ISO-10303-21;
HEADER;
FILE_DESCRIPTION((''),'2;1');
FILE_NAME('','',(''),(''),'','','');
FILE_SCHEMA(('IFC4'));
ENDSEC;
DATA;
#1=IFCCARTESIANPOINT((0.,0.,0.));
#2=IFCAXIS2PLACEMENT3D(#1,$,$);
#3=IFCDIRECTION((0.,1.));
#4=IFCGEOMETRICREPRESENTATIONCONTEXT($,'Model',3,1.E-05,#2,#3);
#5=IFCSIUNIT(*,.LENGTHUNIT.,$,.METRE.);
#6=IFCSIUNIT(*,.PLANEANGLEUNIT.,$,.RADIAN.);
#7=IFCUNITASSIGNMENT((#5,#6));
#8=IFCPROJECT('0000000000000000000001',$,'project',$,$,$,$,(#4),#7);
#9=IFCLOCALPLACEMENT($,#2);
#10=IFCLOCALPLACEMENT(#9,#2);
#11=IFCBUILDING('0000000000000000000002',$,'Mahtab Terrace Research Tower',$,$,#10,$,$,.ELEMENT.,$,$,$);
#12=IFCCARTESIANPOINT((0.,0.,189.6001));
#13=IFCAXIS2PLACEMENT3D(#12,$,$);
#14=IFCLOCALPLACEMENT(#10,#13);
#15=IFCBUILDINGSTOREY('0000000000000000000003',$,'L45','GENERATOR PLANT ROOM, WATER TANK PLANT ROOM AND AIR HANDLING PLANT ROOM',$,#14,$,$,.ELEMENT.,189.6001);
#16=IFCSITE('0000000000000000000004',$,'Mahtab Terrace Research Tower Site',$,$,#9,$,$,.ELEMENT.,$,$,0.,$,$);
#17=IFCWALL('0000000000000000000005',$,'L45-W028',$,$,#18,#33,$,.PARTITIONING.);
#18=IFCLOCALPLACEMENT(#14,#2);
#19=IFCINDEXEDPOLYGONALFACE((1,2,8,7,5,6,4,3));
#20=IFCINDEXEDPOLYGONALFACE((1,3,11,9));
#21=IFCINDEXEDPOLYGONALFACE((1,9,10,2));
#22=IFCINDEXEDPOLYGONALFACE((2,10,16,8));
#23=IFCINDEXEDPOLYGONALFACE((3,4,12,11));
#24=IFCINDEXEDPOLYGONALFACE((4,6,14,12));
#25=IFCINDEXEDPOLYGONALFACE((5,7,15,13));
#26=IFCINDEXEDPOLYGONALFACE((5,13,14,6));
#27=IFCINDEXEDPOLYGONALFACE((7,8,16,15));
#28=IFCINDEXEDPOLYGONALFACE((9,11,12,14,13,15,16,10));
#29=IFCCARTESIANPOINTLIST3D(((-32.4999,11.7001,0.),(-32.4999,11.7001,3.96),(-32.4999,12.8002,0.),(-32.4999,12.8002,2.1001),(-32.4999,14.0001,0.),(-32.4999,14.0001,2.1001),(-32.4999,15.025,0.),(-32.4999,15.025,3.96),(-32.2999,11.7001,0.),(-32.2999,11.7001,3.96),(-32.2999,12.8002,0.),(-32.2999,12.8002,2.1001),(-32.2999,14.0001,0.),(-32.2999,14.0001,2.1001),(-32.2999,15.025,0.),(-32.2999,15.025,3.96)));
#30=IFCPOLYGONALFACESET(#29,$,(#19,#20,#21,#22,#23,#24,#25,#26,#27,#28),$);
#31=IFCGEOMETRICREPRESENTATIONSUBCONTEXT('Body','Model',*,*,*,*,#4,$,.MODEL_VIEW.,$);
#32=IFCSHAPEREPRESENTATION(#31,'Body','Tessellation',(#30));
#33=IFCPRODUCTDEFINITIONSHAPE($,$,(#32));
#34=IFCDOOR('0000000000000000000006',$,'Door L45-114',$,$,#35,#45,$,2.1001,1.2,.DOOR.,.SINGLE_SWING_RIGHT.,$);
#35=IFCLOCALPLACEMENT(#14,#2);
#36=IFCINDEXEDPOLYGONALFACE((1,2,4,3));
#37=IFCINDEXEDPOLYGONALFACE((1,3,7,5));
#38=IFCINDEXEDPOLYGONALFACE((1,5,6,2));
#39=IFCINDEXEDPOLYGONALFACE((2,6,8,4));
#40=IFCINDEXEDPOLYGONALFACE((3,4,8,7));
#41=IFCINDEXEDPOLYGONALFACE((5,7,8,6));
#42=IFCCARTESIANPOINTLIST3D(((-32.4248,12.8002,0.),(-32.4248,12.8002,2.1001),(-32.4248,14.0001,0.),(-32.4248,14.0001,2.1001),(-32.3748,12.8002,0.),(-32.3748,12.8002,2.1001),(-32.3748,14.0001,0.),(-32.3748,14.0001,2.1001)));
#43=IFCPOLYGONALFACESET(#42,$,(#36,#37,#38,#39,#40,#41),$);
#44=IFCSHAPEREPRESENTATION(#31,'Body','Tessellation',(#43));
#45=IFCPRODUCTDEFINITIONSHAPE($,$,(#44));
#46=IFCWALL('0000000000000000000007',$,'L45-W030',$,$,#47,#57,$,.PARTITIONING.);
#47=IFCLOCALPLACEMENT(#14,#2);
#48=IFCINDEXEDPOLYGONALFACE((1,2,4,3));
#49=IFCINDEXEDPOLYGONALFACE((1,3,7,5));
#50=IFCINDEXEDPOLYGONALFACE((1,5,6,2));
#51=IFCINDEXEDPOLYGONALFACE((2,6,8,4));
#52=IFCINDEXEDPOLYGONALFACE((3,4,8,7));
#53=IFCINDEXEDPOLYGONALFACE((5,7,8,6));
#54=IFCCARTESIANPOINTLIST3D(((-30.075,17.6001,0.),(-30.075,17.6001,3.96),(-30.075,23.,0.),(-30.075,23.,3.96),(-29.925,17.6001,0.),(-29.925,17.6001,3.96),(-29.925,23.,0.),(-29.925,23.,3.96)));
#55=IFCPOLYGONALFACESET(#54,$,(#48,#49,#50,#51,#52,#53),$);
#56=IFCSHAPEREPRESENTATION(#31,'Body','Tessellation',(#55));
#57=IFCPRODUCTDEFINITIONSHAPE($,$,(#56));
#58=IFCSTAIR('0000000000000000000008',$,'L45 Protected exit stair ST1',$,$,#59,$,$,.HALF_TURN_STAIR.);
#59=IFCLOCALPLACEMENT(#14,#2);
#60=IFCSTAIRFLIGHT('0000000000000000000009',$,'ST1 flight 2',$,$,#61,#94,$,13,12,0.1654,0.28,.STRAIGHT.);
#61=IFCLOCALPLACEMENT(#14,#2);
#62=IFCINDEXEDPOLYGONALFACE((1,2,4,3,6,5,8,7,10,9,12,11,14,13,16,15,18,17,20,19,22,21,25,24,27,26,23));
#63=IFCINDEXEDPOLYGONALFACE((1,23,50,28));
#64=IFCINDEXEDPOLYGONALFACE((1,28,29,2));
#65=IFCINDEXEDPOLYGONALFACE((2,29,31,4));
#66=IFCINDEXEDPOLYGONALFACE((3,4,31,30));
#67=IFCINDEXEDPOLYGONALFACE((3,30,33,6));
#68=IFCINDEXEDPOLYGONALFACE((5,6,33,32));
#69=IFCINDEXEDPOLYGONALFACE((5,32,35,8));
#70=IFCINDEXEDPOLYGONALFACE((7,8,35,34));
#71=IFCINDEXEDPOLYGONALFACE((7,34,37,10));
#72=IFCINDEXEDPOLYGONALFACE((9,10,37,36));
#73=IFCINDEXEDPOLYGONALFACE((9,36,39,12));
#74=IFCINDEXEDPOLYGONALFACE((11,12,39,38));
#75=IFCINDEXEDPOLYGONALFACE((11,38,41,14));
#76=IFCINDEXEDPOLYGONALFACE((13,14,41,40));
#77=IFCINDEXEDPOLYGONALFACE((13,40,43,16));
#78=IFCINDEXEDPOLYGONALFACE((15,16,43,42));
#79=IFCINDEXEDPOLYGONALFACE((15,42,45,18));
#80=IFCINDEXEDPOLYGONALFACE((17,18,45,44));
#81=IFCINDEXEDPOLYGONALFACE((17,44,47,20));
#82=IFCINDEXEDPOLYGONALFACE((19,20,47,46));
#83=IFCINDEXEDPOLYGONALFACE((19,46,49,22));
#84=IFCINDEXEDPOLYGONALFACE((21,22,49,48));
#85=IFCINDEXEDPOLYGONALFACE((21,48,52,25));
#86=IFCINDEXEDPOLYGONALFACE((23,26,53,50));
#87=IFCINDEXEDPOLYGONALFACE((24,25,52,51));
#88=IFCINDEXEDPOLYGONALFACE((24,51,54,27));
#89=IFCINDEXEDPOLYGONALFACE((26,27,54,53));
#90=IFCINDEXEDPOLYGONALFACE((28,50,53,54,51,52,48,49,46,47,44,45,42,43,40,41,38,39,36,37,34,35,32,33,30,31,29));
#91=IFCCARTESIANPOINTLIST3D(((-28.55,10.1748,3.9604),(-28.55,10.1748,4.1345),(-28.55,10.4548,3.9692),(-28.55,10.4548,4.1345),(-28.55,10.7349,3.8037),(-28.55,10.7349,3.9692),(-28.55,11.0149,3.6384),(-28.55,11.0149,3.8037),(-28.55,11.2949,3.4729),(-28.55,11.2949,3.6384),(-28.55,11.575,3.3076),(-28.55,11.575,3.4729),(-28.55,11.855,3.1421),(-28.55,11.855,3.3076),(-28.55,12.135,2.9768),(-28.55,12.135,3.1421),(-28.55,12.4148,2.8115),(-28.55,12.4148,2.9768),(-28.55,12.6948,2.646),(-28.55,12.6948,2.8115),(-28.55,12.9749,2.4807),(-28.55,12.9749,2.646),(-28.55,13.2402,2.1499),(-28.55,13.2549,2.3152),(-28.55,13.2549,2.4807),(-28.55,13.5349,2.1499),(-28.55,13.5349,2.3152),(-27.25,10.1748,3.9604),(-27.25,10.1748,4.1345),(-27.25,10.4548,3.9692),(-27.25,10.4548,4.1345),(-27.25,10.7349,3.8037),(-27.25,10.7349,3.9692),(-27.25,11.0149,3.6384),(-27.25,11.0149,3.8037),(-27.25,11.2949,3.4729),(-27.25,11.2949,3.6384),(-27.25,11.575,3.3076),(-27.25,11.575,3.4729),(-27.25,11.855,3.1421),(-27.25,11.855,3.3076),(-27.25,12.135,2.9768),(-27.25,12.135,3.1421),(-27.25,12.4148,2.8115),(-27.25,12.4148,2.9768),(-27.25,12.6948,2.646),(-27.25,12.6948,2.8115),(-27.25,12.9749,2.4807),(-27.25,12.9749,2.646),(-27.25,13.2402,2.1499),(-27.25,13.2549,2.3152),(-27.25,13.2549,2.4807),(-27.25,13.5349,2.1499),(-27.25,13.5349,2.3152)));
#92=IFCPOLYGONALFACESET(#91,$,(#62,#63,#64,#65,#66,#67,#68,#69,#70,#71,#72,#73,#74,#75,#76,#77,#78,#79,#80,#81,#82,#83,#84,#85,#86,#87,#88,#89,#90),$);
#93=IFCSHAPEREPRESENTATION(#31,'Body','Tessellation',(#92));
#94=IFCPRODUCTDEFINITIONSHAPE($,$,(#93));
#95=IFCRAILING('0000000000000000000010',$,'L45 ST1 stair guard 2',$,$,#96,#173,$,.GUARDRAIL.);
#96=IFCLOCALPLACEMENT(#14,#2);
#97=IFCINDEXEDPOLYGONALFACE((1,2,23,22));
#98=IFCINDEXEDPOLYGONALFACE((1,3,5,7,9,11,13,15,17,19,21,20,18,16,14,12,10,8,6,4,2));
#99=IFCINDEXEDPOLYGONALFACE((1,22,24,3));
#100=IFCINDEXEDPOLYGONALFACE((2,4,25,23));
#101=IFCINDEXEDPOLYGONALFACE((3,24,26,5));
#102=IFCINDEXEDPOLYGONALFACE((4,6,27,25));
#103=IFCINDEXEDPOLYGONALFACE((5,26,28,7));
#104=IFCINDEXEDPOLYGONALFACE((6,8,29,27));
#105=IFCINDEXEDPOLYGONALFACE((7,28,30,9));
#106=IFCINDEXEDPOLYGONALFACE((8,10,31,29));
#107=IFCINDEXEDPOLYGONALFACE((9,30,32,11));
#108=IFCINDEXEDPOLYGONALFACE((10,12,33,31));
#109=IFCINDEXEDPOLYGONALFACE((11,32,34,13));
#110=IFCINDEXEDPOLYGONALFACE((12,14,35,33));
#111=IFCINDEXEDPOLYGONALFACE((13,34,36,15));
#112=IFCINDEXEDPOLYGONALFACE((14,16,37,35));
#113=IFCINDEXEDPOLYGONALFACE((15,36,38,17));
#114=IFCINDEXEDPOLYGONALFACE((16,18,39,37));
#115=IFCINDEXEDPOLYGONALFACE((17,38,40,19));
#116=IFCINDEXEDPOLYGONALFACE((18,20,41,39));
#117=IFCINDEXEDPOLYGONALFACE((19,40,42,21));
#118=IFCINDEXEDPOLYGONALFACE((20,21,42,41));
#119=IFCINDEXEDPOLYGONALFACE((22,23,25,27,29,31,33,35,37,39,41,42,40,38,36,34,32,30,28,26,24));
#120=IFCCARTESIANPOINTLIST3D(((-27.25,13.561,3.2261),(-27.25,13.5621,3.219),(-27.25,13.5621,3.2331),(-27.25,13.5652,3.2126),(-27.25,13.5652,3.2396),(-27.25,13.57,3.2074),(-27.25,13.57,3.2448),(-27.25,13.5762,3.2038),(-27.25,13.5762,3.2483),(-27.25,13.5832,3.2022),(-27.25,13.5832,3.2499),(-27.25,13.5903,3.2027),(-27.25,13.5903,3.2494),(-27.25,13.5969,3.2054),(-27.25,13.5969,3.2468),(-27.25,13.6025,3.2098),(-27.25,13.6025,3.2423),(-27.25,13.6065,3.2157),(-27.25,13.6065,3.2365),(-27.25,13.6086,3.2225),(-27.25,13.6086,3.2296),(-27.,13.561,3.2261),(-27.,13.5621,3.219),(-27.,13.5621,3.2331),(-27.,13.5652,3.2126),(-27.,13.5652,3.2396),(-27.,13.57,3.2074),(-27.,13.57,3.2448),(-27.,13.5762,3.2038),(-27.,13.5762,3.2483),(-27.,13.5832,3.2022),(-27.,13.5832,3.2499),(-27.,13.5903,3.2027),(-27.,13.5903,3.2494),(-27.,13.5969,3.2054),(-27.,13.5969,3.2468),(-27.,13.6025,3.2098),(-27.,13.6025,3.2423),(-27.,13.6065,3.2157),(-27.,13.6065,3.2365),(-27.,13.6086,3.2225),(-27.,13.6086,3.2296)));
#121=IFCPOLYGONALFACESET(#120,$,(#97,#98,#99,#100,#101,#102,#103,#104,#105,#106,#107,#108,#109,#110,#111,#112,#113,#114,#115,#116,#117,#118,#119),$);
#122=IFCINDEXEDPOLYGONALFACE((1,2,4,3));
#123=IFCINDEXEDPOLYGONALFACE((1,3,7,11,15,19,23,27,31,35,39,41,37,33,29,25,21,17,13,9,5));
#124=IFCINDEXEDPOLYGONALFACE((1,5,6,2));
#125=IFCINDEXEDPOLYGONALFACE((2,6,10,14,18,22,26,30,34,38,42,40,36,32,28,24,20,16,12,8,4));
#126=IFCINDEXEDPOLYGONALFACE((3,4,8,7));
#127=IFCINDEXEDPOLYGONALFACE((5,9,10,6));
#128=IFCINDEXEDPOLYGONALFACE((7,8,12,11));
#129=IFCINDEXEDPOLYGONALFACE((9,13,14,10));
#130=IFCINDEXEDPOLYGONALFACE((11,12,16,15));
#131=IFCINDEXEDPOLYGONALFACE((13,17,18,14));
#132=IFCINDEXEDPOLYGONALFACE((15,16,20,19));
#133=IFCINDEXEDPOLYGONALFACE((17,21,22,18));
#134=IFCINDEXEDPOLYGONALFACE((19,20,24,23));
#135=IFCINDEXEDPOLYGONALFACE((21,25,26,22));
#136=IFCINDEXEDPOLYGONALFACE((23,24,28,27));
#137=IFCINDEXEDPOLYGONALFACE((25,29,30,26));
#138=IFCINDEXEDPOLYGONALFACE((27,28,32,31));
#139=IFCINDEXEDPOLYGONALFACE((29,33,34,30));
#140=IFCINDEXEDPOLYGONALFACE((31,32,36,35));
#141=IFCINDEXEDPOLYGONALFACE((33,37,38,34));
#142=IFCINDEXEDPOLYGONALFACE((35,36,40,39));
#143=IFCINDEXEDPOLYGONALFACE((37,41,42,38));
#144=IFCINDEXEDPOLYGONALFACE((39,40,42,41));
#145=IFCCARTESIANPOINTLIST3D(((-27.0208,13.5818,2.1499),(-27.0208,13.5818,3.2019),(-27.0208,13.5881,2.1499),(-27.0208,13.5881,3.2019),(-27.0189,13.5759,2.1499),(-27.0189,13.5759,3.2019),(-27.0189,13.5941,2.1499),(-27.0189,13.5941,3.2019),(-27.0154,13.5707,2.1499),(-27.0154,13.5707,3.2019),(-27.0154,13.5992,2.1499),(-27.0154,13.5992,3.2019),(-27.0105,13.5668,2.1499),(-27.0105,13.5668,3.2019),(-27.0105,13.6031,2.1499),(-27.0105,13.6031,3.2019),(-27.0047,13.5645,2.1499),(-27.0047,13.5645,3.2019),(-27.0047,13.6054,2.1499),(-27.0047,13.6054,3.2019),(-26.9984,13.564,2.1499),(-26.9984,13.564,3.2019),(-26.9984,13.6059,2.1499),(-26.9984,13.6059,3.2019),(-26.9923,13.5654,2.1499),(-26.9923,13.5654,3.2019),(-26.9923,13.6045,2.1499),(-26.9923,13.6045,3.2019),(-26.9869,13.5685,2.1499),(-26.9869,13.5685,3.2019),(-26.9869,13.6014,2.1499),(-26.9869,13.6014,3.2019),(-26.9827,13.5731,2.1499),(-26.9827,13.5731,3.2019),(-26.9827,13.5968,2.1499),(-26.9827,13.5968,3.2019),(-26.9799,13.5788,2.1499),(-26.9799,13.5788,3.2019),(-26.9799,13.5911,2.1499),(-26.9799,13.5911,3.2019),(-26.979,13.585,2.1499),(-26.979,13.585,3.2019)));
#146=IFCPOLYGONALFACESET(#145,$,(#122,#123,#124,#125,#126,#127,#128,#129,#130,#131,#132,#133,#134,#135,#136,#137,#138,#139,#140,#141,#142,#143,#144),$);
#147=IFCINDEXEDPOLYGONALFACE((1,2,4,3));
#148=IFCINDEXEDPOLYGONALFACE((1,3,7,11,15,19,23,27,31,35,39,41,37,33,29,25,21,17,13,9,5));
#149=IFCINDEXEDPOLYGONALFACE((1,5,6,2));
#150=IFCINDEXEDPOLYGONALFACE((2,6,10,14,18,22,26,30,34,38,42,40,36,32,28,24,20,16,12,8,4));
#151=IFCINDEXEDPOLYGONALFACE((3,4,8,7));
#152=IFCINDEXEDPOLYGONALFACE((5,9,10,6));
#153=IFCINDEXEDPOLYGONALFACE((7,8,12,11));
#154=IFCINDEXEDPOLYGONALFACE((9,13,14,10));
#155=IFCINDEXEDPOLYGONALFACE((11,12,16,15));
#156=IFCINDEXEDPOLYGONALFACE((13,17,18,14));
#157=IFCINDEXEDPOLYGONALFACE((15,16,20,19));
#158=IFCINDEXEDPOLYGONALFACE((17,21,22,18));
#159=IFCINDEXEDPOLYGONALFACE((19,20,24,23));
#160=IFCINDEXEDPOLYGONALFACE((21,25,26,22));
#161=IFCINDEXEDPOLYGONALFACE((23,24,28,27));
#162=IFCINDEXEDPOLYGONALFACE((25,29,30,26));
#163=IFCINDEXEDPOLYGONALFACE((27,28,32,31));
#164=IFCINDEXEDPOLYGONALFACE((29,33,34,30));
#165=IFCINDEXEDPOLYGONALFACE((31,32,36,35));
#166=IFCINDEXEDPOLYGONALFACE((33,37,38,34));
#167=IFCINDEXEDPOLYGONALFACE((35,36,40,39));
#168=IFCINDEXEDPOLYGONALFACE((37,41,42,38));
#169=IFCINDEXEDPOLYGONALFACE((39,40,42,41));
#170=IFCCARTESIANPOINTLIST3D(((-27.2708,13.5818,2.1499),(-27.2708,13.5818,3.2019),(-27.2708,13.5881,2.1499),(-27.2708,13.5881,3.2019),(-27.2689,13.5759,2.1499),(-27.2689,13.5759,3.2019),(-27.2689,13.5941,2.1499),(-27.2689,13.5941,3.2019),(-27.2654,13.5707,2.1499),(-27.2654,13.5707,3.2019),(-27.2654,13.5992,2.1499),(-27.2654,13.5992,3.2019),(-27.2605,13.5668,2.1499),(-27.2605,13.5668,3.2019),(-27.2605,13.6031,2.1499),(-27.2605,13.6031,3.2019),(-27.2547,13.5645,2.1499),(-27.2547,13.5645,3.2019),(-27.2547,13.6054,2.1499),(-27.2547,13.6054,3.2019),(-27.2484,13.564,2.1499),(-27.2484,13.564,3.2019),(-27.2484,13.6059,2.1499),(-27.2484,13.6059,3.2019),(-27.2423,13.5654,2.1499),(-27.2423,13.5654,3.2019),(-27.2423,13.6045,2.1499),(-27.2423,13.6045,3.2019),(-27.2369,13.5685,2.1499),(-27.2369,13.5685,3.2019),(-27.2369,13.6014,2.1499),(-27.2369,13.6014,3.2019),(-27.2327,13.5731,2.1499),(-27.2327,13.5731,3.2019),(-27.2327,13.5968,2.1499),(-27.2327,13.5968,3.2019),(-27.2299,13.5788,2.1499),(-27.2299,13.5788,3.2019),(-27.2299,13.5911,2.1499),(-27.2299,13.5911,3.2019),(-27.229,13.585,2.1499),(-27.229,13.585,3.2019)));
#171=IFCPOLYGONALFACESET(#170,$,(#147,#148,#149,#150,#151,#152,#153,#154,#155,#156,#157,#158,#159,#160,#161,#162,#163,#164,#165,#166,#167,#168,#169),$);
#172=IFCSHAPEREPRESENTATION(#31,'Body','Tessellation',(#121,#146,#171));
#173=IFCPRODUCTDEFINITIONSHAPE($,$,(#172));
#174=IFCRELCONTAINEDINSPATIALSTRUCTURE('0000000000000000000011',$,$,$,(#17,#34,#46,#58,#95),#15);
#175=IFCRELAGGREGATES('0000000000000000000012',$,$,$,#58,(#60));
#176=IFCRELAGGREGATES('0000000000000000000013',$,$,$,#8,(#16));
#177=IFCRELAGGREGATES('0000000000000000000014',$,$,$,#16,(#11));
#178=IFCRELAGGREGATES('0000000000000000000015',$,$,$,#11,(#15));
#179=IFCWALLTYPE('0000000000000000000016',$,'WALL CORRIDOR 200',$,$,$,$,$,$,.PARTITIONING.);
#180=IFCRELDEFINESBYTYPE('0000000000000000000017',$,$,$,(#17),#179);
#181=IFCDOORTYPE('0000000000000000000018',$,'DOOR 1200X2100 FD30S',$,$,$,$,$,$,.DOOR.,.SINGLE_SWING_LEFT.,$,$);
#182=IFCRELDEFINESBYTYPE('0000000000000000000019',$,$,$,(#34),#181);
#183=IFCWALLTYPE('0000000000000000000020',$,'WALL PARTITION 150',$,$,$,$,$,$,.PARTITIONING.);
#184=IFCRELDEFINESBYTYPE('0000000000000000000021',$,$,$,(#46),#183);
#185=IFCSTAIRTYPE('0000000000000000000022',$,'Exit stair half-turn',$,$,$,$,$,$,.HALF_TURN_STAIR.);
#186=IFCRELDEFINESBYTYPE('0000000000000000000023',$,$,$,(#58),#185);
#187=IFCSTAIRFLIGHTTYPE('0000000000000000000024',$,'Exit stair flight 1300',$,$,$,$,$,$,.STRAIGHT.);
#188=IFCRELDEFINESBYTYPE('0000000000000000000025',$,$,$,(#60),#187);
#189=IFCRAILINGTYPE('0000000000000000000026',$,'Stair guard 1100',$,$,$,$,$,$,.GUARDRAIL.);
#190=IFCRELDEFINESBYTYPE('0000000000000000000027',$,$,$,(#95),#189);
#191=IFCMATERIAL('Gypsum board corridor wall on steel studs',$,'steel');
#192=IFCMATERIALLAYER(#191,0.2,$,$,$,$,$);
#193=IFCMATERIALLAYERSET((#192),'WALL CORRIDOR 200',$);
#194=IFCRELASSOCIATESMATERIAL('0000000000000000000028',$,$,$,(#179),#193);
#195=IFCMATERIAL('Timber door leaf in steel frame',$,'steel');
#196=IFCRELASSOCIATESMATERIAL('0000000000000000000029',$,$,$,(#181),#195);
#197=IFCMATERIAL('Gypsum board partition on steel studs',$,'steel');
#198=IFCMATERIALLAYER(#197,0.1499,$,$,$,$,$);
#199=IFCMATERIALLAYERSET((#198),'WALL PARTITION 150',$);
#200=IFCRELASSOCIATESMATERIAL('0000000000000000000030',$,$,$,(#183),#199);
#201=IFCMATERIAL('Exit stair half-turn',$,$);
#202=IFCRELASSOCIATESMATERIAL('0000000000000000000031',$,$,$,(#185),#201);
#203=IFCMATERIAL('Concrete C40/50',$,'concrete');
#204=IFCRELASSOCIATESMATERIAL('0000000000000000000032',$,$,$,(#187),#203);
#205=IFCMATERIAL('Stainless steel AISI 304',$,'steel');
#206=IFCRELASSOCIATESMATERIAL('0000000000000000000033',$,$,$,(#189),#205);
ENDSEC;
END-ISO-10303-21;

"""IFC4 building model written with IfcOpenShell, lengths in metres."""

from ifc_helpers import new_model, si_unit, direction, frame, frame_2d, origin, origin_2d, place, context, subcontext, project, spatial, polyline, rectangle, circle, outline, extrude, material, layer, layer_set, type_object, element, fill, aggregate, save


model = new_model("IFC4")

# Units and contexts
model_context = context("Model", 3, precision=1e-05, world=origin(), true_north=direction((0.0, 1.0)))
body_context = subcontext(model_context, "Body", "Model", "MODEL_VIEW")
ifc_project = project(units=[si_unit("LENGTHUNIT", "METRE"), si_unit("PLANEANGLEUNIT", "RADIAN")], contexts=[model_context])

# Site, building, storey
site_placement = place(None, origin())
site = spatial("IfcSite", under=ifc_project, at=site_placement, Name="Mahtab Terrace Research Tower Site", CompositionType="ELEMENT", RefElevation=0.0)
building_placement = place(site_placement, origin())
building = spatial("IfcBuilding", under=site, at=building_placement, Name="Mahtab Terrace Research Tower", CompositionType="ELEMENT")
storey_placement = place(building_placement, frame((0.0, 0.0, 189.6001)))
storey = spatial("IfcBuildingStorey", under=building, at=storey_placement, Name="L45", Description="GENERATOR PLANT ROOM, WATER TANK PLANT ROOM AND AIR HANDLING PLANT ROOM", CompositionType="ELEMENT", Elevation=189.6001)

# Wall, opening, door
ifc_material_1 = material(Name="Gypsum board corridor wall on steel studs", Category="steel")
ifc_layer_1 = layer(ifc_material_1, 0.2)
ifc_layer_set_1 = layer_set([ifc_layer_1], Name="WALL CORRIDOR 200")
wall_type_1 = type_object("IfcWallType", Name="WALL CORRIDOR 200", PredefinedType="PARTITIONING", material=ifc_layer_set_1)
wall_1_placement = place(storey_placement, frame((-32.3999, 11.7, 0.0), z_axis=(0.0, 0.0, 1.0), x_axis=(0.0, 1.0, 0.0)))
wall_1 = element("IfcWall", 1, at=wall_1_placement, inside=storey, type_object=wall_type_1, Name="L45-W028", PredefinedType="PARTITIONING", context=body_context, shape_type="SweptSolid", body=[
    extrude(rectangle(XDim=3.325, YDim=0.2, at=frame_2d((1.6626, 0.0))), origin(), (0.0, 0.0, 1.0), 3.96),
])
opening_1_placement = place(wall_1_placement, frame((1.1001, 0.0, 0.0)))
opening_1 = element("IfcOpeningElement", 2, at=opening_1_placement, cuts=wall_1, PredefinedType="OPENING", context=body_context, shape_type="SweptSolid", body=[
    extrude(rectangle(XDim=1.2, YDim=2.1001, at=frame_2d((0.6001, 1.05))), frame((0.0, 0.1099, 0.0), z_axis=(0.0, -1.0, 0.0), x_axis=(1.0, 0.0, 0.0)), (0.0, 0.0, 1.0), 0.22),
])
ifc_material_2 = material(Name="Timber door leaf in steel frame", Category="steel")
door_type_1 = type_object("IfcDoorType", Name="DOOR 1200X2100 FD30S", OperationType="SINGLE_SWING_LEFT", PredefinedType="DOOR", material=ifc_material_2)
door_1_placement = place(opening_1_placement, origin())
door_1 = element("IfcDoor", 3, at=door_1_placement, inside=storey, type_object=door_type_1, Name="Door L45-114", OperationType="SINGLE_SWING_RIGHT", OverallHeight=2.1001, OverallWidth=1.2, PredefinedType="DOOR", context=body_context, shape_type="SweptSolid", body=[
    extrude(rectangle(XDim=1.2, YDim=2.1001, at=frame_2d((0.6001, 1.05))), frame((0.0, 0.0249, 0.0), z_axis=(0.0, -1.0, 0.0), x_axis=(1.0, 0.0, 0.0)), (0.0, 0.0, 1.0), 0.05),
])
fill(opening_1, door_1)

# Wall
ifc_material_3 = material(Name="Gypsum board partition on steel studs", Category="steel")
ifc_layer_2 = layer(ifc_material_3, 0.1499)
ifc_layer_set_2 = layer_set([ifc_layer_2], Name="WALL PARTITION 150")
wall_type_2 = type_object("IfcWallType", Name="WALL PARTITION 150", PredefinedType="PARTITIONING", material=ifc_layer_set_2)
wall_2_placement = place(storey_placement, frame((-30.0, 17.6001, 0.0), z_axis=(0.0, 0.0, 1.0), x_axis=(0.0, 1.0, 0.0)))
element("IfcWall", 4, at=wall_2_placement, inside=storey, type_object=wall_type_2, Name="L45-W030", PredefinedType="PARTITIONING", context=body_context, shape_type="SweptSolid", body=[
    extrude(rectangle(XDim=5.3999, YDim=0.1499, at=frame_2d((2.7, 0.0))), origin(), (0.0, 0.0, 1.0), 3.96),
])

# Stair, stair flight
ifc_material_4 = material(Name="Exit stair half-turn")
stair_type = type_object("IfcStairType", Name="Exit stair half-turn", PredefinedType="HALF_TURN_STAIR", material=ifc_material_4)
stair_placement = place(storey_placement, origin())
stair = element("IfcStair", 5, at=stair_placement, inside=storey, type_object=stair_type, Name="L45 Protected exit stair ST1", PredefinedType="HALF_TURN_STAIR")
ifc_material_5 = material(Name="Concrete C40/50", Category="concrete")
stair_flight_type = type_object("IfcStairFlightType", Name="Exit stair flight 1300", PredefinedType="STRAIGHT", material=ifc_material_5)
stair_flight_placement = place(storey_placement, frame((-27.8999, 13.5349, 2.1499), z_axis=(0.0, 0.0, 1.0), x_axis=(0.0, -1.0, 0.0)))
stair_flight = element("IfcStairFlight", 6, at=stair_flight_placement, type_object=stair_flight_type, Name="ST1 flight 2", NumberOfRisers=13, NumberOfTreads=12, PredefinedType="STRAIGHT", RiserHeight=0.1654, TreadLength=0.28, context=body_context, shape_type="SweptSolid", body=[
    extrude(outline(polyline([(0.0, 0.0), (0.0, 0.1653), (0.28, 0.1653), (0.28, 0.3308), (0.5601, 0.3308), (0.5601, 0.4961), (0.8401, 0.4961), (0.8401, 0.6616), (1.1201, 0.6616), (1.1201, 0.8269), (1.3999, 0.8269), (1.3999, 0.9922), (1.6799, 0.9922), (1.6799, 1.1577), (1.96, 1.1577), (1.96, 1.323), (2.24, 1.323), (2.24, 1.4885), (2.52, 1.4885), (2.52, 1.6538), (2.8, 1.6538), (2.8, 1.8193), (3.0801, 1.8193), (3.0801, 1.9846), (3.3601, 1.9846), (3.3601, 2.1499), (3.3601, 1.8105), (0.2947, 0.0), (0.0, 0.0)])), frame((0.0, 0.6499, 0.0), z_axis=(0.0, -1.0, 0.0), x_axis=(1.0, 0.0, 0.0)), (0.0, 0.0, 1.0), 1.3),
])
aggregate(stair, [stair_flight])

# Railing
ifc_material_6 = material(Name="Stainless steel AISI 304", Category="steel")
railing_type_1 = type_object("IfcRailingType", Name="Stair guard 1100", PredefinedType="GUARDRAIL", material=ifc_material_6)
railing_1_placement = place(storey_placement, frame((-27.0, 13.585, 2.1499)))
element("IfcRailing", 7, at=railing_1_placement, inside=storey, type_object=railing_type_1, Name="L45 ST1 stair guard 2", PredefinedType="GUARDRAIL", context=body_context, shape_type="SweptSolid", body=[
    extrude(circle(Radius=0.0239, at=origin_2d()), frame((0.0, 0.0, 1.0762), z_axis=(-1.0, 0.0, 0.0), x_axis=(0.0, -1.0, 0.0)), (0.0, 0.0, 1.0), 0.25),
    extrude(circle(Radius=0.021, at=origin_2d()), origin(), (0.0, 0.0, 1.0), 1.052),
    extrude(circle(Radius=0.021, at=origin_2d()), frame((-0.25, 0.0, 0.0)), (0.0, 0.0, 1.0), 1.052),
])

save(model, "model.ifc")
